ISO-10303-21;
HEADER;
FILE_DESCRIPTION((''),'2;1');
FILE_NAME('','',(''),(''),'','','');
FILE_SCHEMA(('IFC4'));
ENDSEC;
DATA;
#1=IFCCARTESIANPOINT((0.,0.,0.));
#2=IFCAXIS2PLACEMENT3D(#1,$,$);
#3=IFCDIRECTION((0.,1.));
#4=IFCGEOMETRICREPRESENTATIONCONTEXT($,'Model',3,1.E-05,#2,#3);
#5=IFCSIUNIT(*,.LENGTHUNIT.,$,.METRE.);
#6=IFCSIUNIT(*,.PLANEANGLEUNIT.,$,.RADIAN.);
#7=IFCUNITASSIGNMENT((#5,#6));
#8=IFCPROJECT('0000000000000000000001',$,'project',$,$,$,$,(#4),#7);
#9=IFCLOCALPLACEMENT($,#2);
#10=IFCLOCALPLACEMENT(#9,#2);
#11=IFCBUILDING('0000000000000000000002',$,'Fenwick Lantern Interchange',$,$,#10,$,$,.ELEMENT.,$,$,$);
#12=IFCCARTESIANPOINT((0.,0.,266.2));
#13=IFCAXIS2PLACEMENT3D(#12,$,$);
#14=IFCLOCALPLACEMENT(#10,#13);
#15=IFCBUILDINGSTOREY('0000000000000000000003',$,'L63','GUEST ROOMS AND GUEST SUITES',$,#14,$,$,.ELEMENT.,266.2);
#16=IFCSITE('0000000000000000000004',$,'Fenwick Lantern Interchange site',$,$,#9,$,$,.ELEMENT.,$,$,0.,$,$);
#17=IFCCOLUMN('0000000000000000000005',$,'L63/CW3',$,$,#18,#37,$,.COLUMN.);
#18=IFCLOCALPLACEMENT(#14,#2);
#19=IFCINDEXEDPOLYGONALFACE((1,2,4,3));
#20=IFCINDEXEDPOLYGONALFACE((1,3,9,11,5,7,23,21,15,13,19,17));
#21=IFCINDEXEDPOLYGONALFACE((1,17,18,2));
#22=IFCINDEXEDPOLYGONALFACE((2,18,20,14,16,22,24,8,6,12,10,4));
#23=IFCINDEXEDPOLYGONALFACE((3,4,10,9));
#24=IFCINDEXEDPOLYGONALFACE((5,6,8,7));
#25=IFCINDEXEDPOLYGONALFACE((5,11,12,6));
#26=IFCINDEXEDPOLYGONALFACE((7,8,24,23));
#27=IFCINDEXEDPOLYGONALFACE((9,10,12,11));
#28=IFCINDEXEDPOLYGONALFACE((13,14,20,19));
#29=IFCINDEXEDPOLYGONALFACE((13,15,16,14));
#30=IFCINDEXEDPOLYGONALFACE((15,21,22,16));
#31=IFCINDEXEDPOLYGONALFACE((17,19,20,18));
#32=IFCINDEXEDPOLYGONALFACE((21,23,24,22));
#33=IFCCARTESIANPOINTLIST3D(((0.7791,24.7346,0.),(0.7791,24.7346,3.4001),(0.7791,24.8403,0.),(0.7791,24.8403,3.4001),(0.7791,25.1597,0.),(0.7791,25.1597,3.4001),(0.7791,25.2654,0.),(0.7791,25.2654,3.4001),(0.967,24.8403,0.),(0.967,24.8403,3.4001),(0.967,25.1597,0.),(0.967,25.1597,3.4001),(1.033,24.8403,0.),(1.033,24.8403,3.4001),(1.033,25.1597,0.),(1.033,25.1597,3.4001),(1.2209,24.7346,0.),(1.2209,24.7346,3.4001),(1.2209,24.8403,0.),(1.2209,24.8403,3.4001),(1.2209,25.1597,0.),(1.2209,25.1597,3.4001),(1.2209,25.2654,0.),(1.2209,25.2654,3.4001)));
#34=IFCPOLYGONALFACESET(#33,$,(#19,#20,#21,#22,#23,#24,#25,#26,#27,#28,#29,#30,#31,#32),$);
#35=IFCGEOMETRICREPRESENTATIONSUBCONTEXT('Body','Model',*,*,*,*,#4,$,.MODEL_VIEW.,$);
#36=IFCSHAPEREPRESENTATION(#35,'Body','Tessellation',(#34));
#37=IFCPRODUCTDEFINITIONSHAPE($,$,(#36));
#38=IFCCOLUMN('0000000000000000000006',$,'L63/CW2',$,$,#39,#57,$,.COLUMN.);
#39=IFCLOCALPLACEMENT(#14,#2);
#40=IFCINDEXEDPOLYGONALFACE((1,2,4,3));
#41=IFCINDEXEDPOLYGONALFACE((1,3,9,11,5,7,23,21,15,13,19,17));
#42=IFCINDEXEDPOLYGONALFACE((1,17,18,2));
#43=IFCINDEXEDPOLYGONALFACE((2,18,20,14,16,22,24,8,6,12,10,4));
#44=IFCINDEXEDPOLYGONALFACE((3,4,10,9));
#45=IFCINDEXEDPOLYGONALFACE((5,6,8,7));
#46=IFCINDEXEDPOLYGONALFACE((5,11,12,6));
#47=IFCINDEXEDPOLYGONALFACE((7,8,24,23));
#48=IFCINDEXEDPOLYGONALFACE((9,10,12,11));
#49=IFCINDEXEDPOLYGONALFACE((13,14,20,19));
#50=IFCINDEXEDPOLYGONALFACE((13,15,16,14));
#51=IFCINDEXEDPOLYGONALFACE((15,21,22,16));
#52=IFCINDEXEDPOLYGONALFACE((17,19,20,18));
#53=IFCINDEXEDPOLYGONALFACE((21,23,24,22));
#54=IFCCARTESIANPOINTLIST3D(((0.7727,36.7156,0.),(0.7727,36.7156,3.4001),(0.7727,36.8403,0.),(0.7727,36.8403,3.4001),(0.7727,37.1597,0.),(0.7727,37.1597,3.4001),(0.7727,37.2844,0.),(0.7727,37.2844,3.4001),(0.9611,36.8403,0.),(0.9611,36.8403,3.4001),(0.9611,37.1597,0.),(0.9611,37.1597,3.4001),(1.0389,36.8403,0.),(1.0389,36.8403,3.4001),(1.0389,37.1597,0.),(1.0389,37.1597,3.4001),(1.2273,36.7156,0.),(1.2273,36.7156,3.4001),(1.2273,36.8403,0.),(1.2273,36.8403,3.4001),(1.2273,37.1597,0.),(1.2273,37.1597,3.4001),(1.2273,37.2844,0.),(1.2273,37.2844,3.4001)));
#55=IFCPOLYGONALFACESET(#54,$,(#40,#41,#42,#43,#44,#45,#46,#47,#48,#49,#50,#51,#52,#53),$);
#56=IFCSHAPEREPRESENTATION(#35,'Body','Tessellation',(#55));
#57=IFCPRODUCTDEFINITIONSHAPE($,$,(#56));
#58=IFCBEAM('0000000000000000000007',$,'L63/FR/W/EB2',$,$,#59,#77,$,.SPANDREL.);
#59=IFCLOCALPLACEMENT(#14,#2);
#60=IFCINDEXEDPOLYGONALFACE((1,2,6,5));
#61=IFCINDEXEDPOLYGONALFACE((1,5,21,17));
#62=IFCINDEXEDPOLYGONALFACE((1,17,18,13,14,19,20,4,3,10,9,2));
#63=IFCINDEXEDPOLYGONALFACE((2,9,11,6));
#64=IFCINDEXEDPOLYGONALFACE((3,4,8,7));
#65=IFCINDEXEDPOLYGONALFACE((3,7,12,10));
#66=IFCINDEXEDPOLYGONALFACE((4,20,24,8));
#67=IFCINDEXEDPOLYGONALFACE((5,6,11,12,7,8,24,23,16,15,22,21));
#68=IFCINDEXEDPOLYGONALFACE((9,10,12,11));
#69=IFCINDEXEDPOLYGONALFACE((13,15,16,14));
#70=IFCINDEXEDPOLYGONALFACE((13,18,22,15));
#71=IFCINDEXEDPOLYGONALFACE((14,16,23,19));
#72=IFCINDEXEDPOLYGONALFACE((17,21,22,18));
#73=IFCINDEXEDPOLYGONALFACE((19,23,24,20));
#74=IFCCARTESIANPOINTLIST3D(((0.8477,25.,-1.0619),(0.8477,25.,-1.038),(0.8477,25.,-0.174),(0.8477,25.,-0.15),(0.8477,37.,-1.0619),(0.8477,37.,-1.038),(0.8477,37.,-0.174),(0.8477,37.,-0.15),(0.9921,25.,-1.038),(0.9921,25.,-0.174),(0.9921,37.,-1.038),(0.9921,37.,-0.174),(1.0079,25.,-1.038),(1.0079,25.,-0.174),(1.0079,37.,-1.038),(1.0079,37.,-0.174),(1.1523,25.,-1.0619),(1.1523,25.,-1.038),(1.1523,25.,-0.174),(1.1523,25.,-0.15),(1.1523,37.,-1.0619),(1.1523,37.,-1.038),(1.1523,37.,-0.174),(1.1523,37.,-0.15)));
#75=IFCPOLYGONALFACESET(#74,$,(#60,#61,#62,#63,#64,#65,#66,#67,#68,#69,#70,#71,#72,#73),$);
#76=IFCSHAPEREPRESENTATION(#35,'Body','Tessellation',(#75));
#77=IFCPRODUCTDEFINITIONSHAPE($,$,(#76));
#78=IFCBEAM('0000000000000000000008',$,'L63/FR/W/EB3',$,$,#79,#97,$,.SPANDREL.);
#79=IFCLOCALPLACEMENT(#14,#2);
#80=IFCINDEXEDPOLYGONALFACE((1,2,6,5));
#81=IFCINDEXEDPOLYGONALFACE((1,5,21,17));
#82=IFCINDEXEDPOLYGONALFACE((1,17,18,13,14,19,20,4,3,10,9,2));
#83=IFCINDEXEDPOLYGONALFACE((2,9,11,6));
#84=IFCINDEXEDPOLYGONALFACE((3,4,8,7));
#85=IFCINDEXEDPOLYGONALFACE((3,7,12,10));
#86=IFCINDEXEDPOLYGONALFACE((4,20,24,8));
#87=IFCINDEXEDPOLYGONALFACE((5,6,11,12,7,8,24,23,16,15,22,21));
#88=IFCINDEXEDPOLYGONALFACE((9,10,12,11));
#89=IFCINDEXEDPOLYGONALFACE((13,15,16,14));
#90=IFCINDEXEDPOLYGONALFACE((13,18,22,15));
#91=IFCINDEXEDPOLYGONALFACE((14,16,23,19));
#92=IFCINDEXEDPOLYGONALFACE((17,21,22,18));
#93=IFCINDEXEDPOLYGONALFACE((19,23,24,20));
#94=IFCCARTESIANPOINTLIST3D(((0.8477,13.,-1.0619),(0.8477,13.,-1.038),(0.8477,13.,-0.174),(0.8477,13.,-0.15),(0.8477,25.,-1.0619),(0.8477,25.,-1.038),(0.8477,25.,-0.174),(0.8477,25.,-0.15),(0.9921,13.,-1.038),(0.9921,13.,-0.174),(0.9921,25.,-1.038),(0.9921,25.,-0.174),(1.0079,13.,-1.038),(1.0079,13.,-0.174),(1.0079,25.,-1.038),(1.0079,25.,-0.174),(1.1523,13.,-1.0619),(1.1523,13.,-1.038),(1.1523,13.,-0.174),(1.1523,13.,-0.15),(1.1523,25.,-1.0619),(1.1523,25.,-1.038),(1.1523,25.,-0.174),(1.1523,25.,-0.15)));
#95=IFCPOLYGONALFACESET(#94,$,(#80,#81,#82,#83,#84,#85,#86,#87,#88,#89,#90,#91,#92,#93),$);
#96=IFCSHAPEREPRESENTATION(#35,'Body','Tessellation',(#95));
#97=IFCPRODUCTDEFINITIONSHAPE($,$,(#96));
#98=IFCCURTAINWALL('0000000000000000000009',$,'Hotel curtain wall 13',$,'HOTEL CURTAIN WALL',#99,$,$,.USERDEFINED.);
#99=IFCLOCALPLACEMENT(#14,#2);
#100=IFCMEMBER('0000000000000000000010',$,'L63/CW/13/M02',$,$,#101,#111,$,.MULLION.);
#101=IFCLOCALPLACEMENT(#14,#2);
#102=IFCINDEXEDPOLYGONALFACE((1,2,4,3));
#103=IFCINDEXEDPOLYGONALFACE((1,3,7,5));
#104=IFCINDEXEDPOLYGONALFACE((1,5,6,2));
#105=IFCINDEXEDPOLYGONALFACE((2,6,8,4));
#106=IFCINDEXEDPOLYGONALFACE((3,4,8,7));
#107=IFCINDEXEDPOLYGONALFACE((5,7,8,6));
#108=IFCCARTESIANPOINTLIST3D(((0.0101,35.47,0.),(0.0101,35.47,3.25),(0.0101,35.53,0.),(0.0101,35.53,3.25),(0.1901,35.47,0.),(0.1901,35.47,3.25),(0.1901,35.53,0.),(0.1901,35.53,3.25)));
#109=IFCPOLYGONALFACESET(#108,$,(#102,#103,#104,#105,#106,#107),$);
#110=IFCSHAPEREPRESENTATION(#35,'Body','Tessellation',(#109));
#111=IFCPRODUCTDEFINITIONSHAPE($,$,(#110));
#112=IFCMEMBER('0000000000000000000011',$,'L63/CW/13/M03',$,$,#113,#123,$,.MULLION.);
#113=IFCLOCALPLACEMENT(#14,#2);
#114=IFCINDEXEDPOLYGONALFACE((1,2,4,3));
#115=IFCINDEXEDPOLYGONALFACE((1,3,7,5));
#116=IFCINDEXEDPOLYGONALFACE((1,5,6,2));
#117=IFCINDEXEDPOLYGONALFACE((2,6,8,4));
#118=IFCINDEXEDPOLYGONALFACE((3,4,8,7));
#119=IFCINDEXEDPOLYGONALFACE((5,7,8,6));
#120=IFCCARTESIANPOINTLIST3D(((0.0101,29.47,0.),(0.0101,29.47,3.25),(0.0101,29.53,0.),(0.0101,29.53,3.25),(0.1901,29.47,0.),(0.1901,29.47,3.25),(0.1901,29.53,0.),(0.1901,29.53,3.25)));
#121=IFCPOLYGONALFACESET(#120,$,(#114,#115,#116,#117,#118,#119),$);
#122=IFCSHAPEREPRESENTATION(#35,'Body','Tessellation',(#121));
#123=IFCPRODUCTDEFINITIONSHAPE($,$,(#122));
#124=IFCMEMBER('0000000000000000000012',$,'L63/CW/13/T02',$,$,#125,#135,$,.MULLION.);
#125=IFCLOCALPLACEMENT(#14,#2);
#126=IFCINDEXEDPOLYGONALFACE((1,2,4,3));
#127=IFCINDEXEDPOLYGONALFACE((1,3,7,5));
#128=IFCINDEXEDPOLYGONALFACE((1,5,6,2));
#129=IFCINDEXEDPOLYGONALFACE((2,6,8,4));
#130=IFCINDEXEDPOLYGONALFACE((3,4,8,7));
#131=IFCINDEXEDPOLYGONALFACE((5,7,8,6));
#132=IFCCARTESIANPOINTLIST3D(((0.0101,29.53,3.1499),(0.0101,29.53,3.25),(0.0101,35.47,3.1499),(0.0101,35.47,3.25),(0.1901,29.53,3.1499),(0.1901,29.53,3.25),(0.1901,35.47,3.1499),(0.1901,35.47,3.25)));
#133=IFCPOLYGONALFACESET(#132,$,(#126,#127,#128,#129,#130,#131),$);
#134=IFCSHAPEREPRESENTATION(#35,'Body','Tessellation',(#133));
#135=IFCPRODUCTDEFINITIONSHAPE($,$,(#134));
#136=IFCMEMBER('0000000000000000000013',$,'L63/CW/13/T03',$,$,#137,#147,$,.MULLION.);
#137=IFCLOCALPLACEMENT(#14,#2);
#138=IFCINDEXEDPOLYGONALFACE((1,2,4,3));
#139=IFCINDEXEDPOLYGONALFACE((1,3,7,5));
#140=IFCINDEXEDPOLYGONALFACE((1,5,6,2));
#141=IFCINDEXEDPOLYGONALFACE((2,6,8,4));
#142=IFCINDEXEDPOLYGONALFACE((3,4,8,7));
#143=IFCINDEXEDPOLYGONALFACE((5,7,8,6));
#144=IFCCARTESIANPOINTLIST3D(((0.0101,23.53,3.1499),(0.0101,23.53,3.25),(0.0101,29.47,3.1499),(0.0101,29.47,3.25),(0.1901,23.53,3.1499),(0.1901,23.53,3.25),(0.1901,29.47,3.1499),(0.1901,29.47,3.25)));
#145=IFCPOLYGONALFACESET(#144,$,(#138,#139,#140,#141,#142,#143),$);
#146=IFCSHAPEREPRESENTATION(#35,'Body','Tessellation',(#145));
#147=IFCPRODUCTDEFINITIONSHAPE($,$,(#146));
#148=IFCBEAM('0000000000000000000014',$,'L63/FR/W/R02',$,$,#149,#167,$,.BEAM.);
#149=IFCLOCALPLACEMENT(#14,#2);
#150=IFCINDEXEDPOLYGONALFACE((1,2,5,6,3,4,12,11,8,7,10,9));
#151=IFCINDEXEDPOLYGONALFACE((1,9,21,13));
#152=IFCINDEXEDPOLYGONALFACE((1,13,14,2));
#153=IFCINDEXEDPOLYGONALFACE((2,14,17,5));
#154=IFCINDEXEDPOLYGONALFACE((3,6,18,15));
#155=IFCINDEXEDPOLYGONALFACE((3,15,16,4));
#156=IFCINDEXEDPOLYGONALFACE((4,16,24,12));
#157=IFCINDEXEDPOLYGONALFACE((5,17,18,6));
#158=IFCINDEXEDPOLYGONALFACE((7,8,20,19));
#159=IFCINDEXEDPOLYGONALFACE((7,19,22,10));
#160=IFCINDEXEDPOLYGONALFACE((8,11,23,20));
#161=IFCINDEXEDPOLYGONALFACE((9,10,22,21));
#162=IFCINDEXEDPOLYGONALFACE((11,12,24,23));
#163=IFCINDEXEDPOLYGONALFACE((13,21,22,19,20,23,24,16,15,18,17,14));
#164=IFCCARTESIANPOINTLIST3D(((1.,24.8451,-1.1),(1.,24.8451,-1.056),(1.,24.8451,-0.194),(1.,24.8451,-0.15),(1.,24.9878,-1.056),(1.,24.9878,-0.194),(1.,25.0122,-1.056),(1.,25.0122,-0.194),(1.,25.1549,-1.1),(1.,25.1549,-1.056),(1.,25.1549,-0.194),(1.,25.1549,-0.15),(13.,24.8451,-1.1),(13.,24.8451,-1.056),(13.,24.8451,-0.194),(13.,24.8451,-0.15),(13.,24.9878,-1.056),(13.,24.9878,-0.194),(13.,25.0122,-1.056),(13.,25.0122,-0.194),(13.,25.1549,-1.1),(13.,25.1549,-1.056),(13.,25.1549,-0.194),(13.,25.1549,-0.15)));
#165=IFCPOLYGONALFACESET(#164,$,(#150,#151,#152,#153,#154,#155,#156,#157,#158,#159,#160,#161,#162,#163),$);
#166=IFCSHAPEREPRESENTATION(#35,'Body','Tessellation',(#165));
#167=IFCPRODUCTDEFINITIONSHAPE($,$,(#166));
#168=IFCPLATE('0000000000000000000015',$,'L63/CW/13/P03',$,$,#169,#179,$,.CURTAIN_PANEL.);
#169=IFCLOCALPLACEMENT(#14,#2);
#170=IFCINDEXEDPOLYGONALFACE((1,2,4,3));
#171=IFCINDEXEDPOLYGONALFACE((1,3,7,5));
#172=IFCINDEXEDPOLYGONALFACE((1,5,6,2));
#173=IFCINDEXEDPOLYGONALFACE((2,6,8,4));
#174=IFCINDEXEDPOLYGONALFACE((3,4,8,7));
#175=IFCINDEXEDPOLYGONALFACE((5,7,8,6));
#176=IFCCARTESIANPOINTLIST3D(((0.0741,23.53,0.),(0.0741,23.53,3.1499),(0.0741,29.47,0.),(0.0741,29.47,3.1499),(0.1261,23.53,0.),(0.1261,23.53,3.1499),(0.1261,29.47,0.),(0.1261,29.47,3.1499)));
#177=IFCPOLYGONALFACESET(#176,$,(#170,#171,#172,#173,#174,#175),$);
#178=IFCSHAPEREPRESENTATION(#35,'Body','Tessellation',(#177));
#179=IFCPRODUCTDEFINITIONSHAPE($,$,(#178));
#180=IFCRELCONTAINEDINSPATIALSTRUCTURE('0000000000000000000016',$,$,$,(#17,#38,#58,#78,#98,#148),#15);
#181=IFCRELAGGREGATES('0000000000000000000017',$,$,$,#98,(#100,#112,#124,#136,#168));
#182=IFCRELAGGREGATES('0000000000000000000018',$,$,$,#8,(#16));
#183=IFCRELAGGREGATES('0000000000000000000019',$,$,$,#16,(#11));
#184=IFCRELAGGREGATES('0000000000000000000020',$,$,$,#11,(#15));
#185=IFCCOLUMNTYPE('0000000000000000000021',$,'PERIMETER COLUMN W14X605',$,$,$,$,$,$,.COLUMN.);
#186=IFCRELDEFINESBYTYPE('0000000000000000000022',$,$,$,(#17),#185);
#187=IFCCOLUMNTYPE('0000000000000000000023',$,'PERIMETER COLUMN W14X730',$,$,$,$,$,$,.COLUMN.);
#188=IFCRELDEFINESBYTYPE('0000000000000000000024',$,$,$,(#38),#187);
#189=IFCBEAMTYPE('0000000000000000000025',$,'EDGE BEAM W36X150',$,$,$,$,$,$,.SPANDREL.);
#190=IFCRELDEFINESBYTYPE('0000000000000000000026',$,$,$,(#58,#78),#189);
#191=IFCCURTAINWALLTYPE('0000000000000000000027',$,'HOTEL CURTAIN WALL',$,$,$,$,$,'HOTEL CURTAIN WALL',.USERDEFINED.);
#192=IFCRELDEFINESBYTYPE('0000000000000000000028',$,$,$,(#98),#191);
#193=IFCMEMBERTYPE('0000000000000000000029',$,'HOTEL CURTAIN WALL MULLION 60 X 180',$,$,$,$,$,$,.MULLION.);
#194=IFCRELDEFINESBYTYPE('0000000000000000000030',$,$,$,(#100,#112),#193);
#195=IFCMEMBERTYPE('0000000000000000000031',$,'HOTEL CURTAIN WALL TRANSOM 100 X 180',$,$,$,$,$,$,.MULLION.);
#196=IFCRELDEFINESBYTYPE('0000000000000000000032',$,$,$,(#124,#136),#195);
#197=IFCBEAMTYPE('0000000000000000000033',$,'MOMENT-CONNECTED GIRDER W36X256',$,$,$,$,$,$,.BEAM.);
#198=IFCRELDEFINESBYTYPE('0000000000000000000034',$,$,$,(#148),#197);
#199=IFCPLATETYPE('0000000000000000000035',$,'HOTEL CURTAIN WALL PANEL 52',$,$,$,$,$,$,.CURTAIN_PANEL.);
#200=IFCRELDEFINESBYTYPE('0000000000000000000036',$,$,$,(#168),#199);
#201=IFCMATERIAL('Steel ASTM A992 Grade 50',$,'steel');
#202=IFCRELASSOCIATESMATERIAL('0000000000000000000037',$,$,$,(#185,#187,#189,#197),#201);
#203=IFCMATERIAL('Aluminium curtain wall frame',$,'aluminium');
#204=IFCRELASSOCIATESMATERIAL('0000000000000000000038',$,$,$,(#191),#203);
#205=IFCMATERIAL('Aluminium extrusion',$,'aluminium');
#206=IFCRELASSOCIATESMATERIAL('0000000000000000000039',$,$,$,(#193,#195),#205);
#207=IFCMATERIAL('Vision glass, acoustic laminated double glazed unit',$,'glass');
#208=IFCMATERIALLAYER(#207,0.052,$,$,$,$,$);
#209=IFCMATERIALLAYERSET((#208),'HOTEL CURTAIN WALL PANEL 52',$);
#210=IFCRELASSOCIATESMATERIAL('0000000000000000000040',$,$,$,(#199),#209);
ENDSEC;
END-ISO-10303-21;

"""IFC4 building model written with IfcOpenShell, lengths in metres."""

from ifc_helpers import new_model, si_unit, direction, frame, origin, origin_2d, place, context, subcontext, project, spatial, rectangle, i_section, extrude, material, layer, layer_set, material_profile, profile_set, type_object, element, aggregate, save


model = new_model("IFC4")

# Units and contexts
model_context = context("Model", 3, precision=1e-05, world=origin(), true_north=direction((0.0, 1.0)))
body_context = subcontext(model_context, "Body", "Model", "MODEL_VIEW")
ifc_project = project(units=[si_unit("LENGTHUNIT", "METRE"), si_unit("PLANEANGLEUNIT", "RADIAN")], contexts=[model_context])

# Site, building, storey
site_placement = place(None, origin())
site = spatial("IfcSite", under=ifc_project, at=site_placement, Name="Fenwick Lantern Interchange site", CompositionType="ELEMENT", RefElevation=0.0)
building_placement = place(site_placement, origin())
building = spatial("IfcBuilding", under=site, at=building_placement, Name="Fenwick Lantern Interchange", CompositionType="ELEMENT")
storey_placement = place(building_placement, frame((0.0, 0.0, 266.2)))
storey = spatial("IfcBuildingStorey", under=building, at=storey_placement, Name="L63", Description="GUEST ROOMS AND GUEST SUITES", CompositionType="ELEMENT", Elevation=266.2)

# Columns
ifc_material_1 = material(Name="Steel ASTM A992 Grade 50", Category="steel")
ifc_material_profile_1 = material_profile(ifc_material_1, i_section(OverallWidth=0.4419, OverallDepth=0.5308, WebThickness=0.0659, FlangeThickness=0.1057, at=origin_2d()), Name="W14X605")
ifc_profile_set_1 = profile_set([ifc_material_profile_1], Name="Steel ASTM A992 Grade 50")
column_type_1 = type_object("IfcColumnType", Name="PERIMETER COLUMN W14X605", PredefinedType="COLUMN", material=ifc_profile_set_1)
column_1_placement = place(storey_placement, frame((1.0, 25.0, 0.0), z_axis=(0.0, 0.0, 1.0), x_axis=(1.0, 0.0, 0.0)))
element("IfcColumn", 1, at=column_1_placement, inside=storey, type_object=column_type_1, Name="L63/CW3", PredefinedType="COLUMN", context=body_context, shape_type="SweptSolid", body=[
    extrude(i_section(OverallWidth=0.4419, OverallDepth=0.5308, WebThickness=0.0659, FlangeThickness=0.1057, at=origin_2d()), origin(), (0.0, 0.0, 1.0), 3.4001),
])
ifc_material_profile_2 = material_profile(ifc_material_1, i_section(OverallWidth=0.4546, OverallDepth=0.5688, WebThickness=0.0779, FlangeThickness=0.1248, at=origin_2d()), Name="W14X730")
ifc_profile_set_2 = profile_set([ifc_material_profile_2], Name="Steel ASTM A992 Grade 50")
column_type_2 = type_object("IfcColumnType", Name="PERIMETER COLUMN W14X730", PredefinedType="COLUMN", material=ifc_profile_set_2)
column_2_placement = place(storey_placement, frame((1.0, 37.0, 0.0), z_axis=(0.0, 0.0, 1.0), x_axis=(1.0, 0.0, 0.0)))
element("IfcColumn", 2, at=column_2_placement, inside=storey, type_object=column_type_2, Name="L63/CW2", PredefinedType="COLUMN", context=body_context, shape_type="SweptSolid", body=[
    extrude(i_section(OverallWidth=0.4546, OverallDepth=0.5688, WebThickness=0.0779, FlangeThickness=0.1248, at=origin_2d()), origin(), (0.0, 0.0, 1.0), 3.4001),
])

# Beams
ifc_material_profile_3 = material_profile(ifc_material_1, i_section(OverallWidth=0.3047, OverallDepth=0.9119, WebThickness=0.0159, FlangeThickness=0.0239, at=origin_2d()), Name="W36X150")
ifc_profile_set_3 = profile_set([ifc_material_profile_3], Name="Steel ASTM A992 Grade 50")
beam_type_1 = type_object("IfcBeamType", Name="EDGE BEAM W36X150", PredefinedType="SPANDREL", material=ifc_profile_set_3)
for number, where, z_axis, x_axis, name in (
    (3, (1.0, 37.0, -0.606), (0.0, -1.0, 0.0), (1.0, 0.0, 0.0), "L63/FR/W/EB2"),
    (4, (1.0, 25.0, -0.606), (0.0, -1.0, 0.0), (1.0, 0.0, 0.0), "L63/FR/W/EB3"),
):
    element("IfcBeam", number, at=place(storey_placement, frame(where, z_axis=z_axis, x_axis=x_axis)), inside=storey, type_object=beam_type_1, Name=name, PredefinedType="SPANDREL", context=body_context, shape_type="SweptSolid", body=[
        extrude(i_section(OverallWidth=0.3047, OverallDepth=0.9119, WebThickness=0.0159, FlangeThickness=0.0239, at=origin_2d()), origin(), (0.0, 0.0, 1.0), 12.0),
    ])

# Curtain wall, members
ifc_material_2 = material(Name="Aluminium curtain wall frame", Category="aluminium")
curtain_wall_type = type_object("IfcCurtainWallType", Name="HOTEL CURTAIN WALL", ElementType="HOTEL CURTAIN WALL", PredefinedType="USERDEFINED", material=ifc_material_2)
curtain_wall_placement = place(storey_placement, origin())
curtain_wall = element("IfcCurtainWall", 5, at=curtain_wall_placement, inside=storey, type_object=curtain_wall_type, Name="Hotel curtain wall 13", ObjectType="HOTEL CURTAIN WALL", PredefinedType="USERDEFINED")
ifc_material_3 = material(Name="Aluminium extrusion", Category="aluminium")
ifc_material_profile_4 = material_profile(ifc_material_3, rectangle(XDim=0.1799, YDim=0.0601, at=origin_2d()), Name="HOTEL CURTAIN WALL MULLION 60 X 180")
ifc_profile_set_4 = profile_set([ifc_material_profile_4], Name="Aluminium extrusion")
member_type_1 = type_object("IfcMemberType", Name="HOTEL CURTAIN WALL MULLION 60 X 180", PredefinedType="MULLION", material=ifc_profile_set_4)
member_1_placement = place(storey_placement, frame((0.1001, 35.5, 0.0), z_axis=(0.0, 0.0, 1.0), x_axis=(1.0, 0.0, 0.0)))
member_1 = element("IfcMember", 6, at=member_1_placement, type_object=member_type_1, Name="L63/CW/13/M02", PredefinedType="MULLION", context=body_context, shape_type="SweptSolid", body=[
    extrude(rectangle(XDim=0.1799, YDim=0.0601, at=origin_2d()), origin(), (0.0, 0.0, 1.0), 3.25),
])
member_2_placement = place(storey_placement, frame((0.1001, 29.5, 0.0), z_axis=(0.0, 0.0, 1.0), x_axis=(1.0, 0.0, 0.0)))
member_2 = element("IfcMember", 7, at=member_2_placement, type_object=member_type_1, Name="L63/CW/13/M03", PredefinedType="MULLION", context=body_context, shape_type="SweptSolid", body=[
    extrude(rectangle(XDim=0.1799, YDim=0.0601, at=origin_2d()), origin(), (0.0, 0.0, 1.0), 3.25),
])
ifc_material_profile_5 = material_profile(ifc_material_3, rectangle(XDim=0.1799, YDim=0.1001, at=origin_2d()), Name="HOTEL CURTAIN WALL TRANSOM 100 X 180")
ifc_profile_set_5 = profile_set([ifc_material_profile_5], Name="Aluminium extrusion")
member_type_2 = type_object("IfcMemberType", Name="HOTEL CURTAIN WALL TRANSOM 100 X 180", PredefinedType="MULLION", material=ifc_profile_set_5)
member_3_placement = place(storey_placement, frame((0.1001, 35.47, 3.2), z_axis=(0.0, -1.0, 0.0), x_axis=(1.0, 0.0, 0.0)))
member_3 = element("IfcMember", 8, at=member_3_placement, type_object=member_type_2, Name="L63/CW/13/T02", PredefinedType="MULLION", context=body_context, shape_type="SweptSolid", body=[
    extrude(rectangle(XDim=0.1799, YDim=0.1001, at=origin_2d()), origin(), (0.0, 0.0, 1.0), 5.9399),
])
member_4_placement = place(storey_placement, frame((0.1001, 29.47, 3.2), z_axis=(0.0, -1.0, 0.0), x_axis=(1.0, 0.0, 0.0)))
member_4 = element("IfcMember", 9, at=member_4_placement, type_object=member_type_2, Name="L63/CW/13/T03", PredefinedType="MULLION", context=body_context, shape_type="SweptSolid", body=[
    extrude(rectangle(XDim=0.1799, YDim=0.1001, at=origin_2d()), origin(), (0.0, 0.0, 1.0), 5.9399),
])

# Beam
ifc_material_profile_6 = material_profile(ifc_material_1, i_section(OverallWidth=0.3098, OverallDepth=0.95, WebThickness=0.0244, FlangeThickness=0.0439, at=origin_2d()), Name="W36X256")
ifc_profile_set_6 = profile_set([ifc_material_profile_6], Name="Steel ASTM A992 Grade 50")
beam_type_2 = type_object("IfcBeamType", Name="MOMENT-CONNECTED GIRDER W36X256", PredefinedType="BEAM", material=ifc_profile_set_6)
beam_placement = place(storey_placement, frame((1.0, 25.0, -0.625), z_axis=(1.0, 0.0, 0.0), x_axis=(0.0, 1.0, 0.0)))
element("IfcBeam", 10, at=beam_placement, inside=storey, type_object=beam_type_2, Name="L63/FR/W/R02", PredefinedType="BEAM", context=body_context, shape_type="SweptSolid", body=[
    extrude(i_section(OverallWidth=0.3098, OverallDepth=0.95, WebThickness=0.0244, FlangeThickness=0.0439, at=origin_2d()), origin(), (0.0, 0.0, 1.0), 12.0),
])

# Plate
ifc_material_4 = material(Name="Vision glass, acoustic laminated double glazed unit", Category="glass")
ifc_layer_1 = layer(ifc_material_4, 0.052)
ifc_layer_set_1 = layer_set([ifc_layer_1], Name="HOTEL CURTAIN WALL PANEL 52")
plate_type = type_object("IfcPlateType", Name="HOTEL CURTAIN WALL PANEL 52", PredefinedType="CURTAIN_PANEL", material=ifc_layer_set_1)
plate_placement = place(storey_placement, frame((0.1001, 26.5, 0.0), z_axis=(0.0, 0.0, 1.0), x_axis=(0.0, -1.0, 0.0)))
plate = element("IfcPlate", 11, at=plate_placement, type_object=plate_type, Name="L63/CW/13/P03", PredefinedType="CURTAIN_PANEL", context=body_context, shape_type="SweptSolid", body=[
    extrude(rectangle(XDim=5.9399, YDim=0.052, at=origin_2d()), origin(), (0.0, 0.0, 1.0), 3.1499),
])
aggregate(curtain_wall, [member_1, member_2, member_3, member_4, plate])

save(model, "model.ifc")
